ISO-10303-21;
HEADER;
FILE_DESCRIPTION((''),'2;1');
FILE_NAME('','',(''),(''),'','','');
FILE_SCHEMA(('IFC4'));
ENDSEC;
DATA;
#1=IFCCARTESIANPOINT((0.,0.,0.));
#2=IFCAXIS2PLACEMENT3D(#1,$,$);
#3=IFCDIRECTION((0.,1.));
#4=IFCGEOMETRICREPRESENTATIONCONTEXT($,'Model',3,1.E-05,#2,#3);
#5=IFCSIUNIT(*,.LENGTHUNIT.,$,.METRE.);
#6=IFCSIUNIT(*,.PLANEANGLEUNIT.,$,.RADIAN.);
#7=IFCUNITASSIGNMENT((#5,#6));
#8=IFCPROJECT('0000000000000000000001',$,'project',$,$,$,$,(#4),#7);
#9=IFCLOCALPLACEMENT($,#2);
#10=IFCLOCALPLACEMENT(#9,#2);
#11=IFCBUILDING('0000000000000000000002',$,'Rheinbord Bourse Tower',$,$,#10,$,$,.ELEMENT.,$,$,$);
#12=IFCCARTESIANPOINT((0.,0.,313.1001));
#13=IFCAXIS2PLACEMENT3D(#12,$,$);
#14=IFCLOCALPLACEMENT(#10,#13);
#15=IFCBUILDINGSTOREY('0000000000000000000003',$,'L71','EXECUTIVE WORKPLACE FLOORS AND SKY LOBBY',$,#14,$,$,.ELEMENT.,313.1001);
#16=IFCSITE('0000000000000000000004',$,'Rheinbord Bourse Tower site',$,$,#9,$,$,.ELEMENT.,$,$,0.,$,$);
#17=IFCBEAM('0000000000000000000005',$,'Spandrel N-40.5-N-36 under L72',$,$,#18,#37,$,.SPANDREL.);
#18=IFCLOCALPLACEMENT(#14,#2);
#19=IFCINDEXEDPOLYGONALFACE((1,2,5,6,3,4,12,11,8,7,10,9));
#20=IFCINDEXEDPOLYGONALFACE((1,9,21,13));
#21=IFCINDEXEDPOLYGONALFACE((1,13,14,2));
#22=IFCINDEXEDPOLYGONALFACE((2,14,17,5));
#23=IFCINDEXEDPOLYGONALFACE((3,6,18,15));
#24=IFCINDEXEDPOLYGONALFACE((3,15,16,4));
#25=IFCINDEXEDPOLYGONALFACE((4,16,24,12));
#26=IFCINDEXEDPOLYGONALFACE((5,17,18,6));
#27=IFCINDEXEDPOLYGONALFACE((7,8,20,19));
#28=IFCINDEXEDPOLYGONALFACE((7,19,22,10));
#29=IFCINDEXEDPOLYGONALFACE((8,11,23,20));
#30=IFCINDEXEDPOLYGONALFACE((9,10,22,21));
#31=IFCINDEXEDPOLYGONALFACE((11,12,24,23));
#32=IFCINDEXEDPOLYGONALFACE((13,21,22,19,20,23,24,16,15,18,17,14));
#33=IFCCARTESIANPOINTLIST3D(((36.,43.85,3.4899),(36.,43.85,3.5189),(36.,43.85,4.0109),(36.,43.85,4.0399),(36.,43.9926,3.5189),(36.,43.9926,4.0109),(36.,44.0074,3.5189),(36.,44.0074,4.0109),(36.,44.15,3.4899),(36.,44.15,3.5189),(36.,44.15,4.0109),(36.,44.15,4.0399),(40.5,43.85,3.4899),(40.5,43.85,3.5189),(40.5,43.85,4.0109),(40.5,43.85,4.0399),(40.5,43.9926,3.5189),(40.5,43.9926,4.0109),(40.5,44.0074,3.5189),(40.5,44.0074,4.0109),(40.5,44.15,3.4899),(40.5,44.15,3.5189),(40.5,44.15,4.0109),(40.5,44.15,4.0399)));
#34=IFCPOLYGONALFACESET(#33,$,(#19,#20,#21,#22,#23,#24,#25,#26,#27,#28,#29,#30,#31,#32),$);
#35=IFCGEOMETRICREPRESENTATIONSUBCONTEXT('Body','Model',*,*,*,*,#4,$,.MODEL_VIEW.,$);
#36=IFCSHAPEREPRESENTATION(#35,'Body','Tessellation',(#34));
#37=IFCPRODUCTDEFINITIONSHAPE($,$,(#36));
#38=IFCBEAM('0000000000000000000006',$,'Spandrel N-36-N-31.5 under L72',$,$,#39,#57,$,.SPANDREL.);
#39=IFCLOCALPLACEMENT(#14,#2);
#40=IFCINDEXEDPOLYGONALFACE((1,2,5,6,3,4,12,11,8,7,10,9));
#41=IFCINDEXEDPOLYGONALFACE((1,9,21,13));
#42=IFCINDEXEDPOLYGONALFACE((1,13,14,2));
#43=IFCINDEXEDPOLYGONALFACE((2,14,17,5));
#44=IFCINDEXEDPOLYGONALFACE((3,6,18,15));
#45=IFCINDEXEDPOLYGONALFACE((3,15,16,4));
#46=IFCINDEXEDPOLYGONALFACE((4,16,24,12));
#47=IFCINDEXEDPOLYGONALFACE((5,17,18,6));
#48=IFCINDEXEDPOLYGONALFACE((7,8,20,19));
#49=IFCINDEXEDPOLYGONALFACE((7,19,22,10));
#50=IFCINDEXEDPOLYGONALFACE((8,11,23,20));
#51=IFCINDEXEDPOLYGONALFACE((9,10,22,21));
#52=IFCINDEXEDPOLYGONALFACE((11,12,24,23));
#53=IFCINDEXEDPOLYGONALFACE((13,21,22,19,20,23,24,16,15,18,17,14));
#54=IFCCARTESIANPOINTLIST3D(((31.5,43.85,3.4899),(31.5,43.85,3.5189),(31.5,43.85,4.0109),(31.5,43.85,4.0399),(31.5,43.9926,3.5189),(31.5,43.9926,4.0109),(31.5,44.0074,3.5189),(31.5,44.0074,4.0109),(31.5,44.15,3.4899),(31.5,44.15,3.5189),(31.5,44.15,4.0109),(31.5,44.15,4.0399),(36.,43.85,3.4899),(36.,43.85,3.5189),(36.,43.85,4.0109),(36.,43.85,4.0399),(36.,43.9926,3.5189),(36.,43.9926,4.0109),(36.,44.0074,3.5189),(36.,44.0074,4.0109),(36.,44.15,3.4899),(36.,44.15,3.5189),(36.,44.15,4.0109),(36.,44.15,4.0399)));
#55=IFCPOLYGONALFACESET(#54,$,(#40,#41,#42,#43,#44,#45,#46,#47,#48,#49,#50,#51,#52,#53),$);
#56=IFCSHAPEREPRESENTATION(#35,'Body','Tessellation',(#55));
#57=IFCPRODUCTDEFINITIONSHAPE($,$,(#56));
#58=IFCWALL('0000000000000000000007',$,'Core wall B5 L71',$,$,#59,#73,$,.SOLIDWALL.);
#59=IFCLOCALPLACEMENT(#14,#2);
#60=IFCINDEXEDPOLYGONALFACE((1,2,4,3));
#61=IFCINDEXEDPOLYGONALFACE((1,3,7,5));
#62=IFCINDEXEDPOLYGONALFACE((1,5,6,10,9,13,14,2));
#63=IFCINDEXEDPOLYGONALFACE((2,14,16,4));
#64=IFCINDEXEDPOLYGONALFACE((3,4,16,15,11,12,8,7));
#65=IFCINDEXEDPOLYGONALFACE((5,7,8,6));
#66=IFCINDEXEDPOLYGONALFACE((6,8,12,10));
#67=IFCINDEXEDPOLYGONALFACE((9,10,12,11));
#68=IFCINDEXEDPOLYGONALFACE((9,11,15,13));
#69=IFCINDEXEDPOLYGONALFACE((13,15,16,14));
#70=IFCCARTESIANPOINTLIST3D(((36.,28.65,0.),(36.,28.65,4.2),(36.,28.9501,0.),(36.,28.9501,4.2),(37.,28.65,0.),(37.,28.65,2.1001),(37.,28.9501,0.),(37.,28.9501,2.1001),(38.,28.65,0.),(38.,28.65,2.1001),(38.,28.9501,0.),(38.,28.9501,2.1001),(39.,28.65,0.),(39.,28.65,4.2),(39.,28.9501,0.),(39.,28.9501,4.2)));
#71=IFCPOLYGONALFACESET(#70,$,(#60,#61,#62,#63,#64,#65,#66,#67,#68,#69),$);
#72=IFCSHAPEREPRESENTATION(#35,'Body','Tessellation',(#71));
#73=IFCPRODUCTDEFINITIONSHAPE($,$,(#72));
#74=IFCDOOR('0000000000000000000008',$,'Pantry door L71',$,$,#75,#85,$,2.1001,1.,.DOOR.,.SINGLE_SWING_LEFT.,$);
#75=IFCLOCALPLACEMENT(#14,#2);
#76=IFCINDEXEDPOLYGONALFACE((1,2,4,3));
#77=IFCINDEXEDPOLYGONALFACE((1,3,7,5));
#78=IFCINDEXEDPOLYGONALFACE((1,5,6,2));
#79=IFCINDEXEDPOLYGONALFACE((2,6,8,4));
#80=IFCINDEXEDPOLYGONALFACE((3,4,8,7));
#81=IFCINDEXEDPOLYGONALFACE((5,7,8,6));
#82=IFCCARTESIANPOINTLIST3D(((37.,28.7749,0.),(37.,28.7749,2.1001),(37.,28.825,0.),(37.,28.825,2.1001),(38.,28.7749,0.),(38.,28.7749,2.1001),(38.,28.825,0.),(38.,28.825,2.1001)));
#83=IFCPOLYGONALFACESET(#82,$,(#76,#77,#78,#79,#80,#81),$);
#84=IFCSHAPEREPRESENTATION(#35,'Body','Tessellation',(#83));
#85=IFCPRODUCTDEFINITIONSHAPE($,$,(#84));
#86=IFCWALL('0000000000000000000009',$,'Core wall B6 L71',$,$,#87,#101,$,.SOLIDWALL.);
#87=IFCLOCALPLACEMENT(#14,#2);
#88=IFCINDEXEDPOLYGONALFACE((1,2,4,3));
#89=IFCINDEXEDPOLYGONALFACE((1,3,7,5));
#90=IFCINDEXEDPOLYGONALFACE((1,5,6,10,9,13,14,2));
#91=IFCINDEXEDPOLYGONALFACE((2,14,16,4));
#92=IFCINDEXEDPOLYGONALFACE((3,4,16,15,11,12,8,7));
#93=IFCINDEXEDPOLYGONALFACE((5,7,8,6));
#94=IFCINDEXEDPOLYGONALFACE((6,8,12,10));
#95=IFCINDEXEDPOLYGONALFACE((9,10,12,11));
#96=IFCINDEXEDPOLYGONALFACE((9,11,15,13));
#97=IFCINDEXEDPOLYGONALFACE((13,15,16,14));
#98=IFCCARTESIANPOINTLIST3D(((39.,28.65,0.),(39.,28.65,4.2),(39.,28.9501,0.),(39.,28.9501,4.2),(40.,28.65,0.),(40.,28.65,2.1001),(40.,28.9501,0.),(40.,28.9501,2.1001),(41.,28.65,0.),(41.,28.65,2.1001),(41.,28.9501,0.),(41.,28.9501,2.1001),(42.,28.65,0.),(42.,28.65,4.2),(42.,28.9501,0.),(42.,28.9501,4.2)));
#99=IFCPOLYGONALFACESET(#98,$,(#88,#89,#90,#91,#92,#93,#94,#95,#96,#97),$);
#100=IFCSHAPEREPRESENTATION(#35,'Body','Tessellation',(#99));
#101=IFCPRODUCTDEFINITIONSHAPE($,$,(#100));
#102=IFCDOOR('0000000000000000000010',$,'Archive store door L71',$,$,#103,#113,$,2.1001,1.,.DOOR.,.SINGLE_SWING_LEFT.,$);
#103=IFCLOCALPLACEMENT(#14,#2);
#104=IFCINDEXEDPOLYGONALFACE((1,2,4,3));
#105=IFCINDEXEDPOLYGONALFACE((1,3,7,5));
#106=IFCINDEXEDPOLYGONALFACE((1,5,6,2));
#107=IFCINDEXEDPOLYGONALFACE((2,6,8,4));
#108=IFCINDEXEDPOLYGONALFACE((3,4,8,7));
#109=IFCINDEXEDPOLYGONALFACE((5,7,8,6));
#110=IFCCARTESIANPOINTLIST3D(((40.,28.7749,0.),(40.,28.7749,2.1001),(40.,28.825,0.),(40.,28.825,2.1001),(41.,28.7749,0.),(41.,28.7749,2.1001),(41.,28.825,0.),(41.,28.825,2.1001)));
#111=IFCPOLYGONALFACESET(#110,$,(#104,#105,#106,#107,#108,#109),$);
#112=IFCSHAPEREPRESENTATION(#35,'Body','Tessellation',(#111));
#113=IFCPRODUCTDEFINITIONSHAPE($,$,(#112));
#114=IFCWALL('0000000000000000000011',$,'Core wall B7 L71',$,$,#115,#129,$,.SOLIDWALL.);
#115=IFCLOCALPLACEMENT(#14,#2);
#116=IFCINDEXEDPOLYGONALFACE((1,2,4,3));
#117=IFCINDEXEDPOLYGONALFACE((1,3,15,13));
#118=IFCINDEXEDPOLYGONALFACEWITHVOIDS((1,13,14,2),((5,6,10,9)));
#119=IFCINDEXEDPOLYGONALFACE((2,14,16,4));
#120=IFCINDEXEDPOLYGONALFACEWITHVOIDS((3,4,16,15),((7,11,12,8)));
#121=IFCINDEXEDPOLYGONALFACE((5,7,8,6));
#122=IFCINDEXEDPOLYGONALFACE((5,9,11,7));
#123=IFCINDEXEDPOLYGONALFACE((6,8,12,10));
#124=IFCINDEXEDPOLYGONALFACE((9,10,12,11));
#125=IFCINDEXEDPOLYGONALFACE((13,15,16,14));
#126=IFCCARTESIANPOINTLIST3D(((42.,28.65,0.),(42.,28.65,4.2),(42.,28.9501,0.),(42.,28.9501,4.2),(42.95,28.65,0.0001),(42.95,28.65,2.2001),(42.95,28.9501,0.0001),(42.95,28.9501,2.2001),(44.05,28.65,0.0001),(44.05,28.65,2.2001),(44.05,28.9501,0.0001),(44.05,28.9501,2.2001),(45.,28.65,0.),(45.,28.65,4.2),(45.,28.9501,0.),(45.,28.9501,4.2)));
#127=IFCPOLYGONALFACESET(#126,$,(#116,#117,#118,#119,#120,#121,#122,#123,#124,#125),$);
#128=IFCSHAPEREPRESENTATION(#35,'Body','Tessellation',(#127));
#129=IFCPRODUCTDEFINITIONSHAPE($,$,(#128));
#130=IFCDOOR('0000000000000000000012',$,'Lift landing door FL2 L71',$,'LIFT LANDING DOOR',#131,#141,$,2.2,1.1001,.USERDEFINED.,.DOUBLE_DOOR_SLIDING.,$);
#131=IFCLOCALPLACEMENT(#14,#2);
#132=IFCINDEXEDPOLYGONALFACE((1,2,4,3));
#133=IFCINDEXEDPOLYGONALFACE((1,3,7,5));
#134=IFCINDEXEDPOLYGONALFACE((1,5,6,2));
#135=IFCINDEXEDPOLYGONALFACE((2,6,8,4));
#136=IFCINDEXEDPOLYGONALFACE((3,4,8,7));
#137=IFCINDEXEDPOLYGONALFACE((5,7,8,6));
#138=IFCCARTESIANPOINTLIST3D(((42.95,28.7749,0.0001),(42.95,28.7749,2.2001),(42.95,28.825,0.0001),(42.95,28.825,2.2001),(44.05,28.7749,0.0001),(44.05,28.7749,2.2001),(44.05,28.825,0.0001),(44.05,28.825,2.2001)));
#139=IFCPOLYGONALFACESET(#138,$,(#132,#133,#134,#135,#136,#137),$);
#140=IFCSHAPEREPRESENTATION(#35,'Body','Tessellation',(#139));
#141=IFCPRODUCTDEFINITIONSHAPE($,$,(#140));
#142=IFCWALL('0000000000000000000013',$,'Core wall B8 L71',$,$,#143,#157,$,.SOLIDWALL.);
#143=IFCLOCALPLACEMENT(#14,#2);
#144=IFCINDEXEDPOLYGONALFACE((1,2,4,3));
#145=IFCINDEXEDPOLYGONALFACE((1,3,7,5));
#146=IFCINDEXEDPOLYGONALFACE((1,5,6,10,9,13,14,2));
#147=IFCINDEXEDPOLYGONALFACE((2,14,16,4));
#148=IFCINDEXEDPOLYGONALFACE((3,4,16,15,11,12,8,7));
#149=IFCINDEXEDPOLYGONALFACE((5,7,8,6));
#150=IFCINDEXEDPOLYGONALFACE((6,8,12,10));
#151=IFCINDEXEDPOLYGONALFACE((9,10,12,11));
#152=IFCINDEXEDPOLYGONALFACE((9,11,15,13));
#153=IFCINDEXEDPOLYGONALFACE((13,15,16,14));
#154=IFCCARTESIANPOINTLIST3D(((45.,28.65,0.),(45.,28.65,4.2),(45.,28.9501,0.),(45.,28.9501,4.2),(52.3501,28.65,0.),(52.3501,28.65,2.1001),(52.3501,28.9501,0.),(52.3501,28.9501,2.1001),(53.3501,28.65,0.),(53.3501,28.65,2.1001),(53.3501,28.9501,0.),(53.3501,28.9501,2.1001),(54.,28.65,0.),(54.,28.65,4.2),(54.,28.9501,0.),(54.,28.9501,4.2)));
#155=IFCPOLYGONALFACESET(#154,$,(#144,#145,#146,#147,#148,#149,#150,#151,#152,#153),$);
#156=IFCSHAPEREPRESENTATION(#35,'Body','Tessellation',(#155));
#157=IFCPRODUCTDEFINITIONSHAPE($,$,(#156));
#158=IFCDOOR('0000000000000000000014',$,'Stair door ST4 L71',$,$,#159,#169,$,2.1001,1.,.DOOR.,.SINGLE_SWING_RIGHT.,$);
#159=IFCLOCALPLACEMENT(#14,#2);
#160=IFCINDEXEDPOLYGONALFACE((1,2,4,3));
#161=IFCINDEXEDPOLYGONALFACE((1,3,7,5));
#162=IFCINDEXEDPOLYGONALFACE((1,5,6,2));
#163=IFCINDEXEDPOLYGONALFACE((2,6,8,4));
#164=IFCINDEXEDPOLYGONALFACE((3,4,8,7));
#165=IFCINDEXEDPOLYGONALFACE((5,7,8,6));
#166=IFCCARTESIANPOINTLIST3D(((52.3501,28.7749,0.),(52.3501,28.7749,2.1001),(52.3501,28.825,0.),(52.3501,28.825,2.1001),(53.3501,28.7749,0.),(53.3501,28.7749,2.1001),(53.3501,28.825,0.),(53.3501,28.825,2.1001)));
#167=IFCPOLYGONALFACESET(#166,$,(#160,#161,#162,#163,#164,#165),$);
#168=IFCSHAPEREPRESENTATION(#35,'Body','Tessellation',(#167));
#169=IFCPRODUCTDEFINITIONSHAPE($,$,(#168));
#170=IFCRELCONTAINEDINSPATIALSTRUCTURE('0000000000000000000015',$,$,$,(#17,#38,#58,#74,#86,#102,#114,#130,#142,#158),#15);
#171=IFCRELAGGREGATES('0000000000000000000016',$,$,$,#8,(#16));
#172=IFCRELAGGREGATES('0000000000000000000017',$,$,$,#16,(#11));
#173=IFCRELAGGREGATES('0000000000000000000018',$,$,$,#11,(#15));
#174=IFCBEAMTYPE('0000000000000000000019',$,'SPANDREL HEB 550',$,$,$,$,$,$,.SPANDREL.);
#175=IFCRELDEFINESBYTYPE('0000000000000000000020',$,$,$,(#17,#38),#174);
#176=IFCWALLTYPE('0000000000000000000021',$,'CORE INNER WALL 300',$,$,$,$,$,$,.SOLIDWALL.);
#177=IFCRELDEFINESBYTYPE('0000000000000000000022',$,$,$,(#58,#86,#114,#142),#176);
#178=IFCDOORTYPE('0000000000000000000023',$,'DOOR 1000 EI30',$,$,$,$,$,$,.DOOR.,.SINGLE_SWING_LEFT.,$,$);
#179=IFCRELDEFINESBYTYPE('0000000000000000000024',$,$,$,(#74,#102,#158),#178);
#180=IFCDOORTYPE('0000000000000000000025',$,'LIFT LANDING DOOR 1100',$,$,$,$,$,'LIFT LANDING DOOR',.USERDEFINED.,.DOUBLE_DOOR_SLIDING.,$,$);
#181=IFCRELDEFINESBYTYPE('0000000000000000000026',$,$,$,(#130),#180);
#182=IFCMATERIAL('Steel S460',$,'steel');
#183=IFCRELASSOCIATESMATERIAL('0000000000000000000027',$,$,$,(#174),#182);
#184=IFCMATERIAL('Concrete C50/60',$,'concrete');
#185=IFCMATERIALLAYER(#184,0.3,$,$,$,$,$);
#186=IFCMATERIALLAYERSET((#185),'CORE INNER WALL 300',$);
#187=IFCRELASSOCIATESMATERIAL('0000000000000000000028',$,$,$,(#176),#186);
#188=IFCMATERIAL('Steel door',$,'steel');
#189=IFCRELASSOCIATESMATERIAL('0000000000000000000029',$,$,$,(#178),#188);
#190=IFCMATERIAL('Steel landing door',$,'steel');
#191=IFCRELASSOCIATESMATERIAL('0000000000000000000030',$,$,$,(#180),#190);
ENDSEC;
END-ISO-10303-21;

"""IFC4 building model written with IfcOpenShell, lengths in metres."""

from ifc_helpers import new_model, si_unit, direction, frame, frame_2d, origin, origin_2d, place, context, subcontext, project, spatial, rectangle, i_section, extrude, material, layer, layer_set, material_profile, profile_set, type_object, element, fill, save


model = new_model("IFC4")

# Units and contexts
model_context = context("Model", 3, precision=1e-05, world=origin(), true_north=direction((0.0, 1.0)))
body_context = subcontext(model_context, "Body", "Model", "MODEL_VIEW")
ifc_project = project(units=[si_unit("LENGTHUNIT", "METRE"), si_unit("PLANEANGLEUNIT", "RADIAN")], contexts=[model_context])

# Site, building, storey
site_placement = place(None, origin())
site = spatial("IfcSite", under=ifc_project, at=site_placement, Name="Rheinbord Bourse Tower site", CompositionType="ELEMENT", RefElevation=0.0)
building_placement = place(site_placement, origin())
building = spatial("IfcBuilding", under=site, at=building_placement, Name="Rheinbord Bourse Tower", CompositionType="ELEMENT")
storey_placement = place(building_placement, frame((0.0, 0.0, 313.1001)))
storey = spatial("IfcBuildingStorey", under=building, at=storey_placement, Name="L71", Description="EXECUTIVE WORKPLACE FLOORS AND SKY LOBBY", CompositionType="ELEMENT", Elevation=313.1001)

# Beams
ifc_material_1 = material(Name="Steel S460", Category="steel")
ifc_material_profile_1 = material_profile(ifc_material_1, i_section(OverallWidth=0.3, OverallDepth=0.55, WebThickness=0.0149, FlangeThickness=0.0291, at=origin_2d()), Name="HEB 550")
ifc_profile_set_1 = profile_set([ifc_material_profile_1], Name="Steel S460")
beam_type_1 = type_object("IfcBeamType", Name="SPANDREL HEB 550", PredefinedType="SPANDREL", material=ifc_profile_set_1)
for number, where, z_axis, x_axis, name in (
    (1, (40.5, 44.0, 3.7649), (-1.0, 0.0, 0.0), (0.0, -1.0, 0.0), "Spandrel N-40.5-N-36 under L72"),
    (2, (36.0, 44.0, 3.7649), (-1.0, 0.0, 0.0), (0.0, -1.0, 0.0), "Spandrel N-36-N-31.5 under L72"),
):
    element("IfcBeam", number, at=place(storey_placement, frame(where, z_axis=z_axis, x_axis=x_axis)), inside=storey, type_object=beam_type_1, Name=name, PredefinedType="SPANDREL", context=body_context, shape_type="SweptSolid", body=[
        extrude(i_section(OverallWidth=0.3, OverallDepth=0.55, WebThickness=0.0149, FlangeThickness=0.0291, at=origin_2d()), origin(), (0.0, 0.0, 1.0), 4.5),
    ])

# Walls, openings, doors
ifc_material_2 = material(Name="Concrete C50/60", Category="concrete")
ifc_layer_1 = layer(ifc_material_2, 0.3)
ifc_layer_set_1 = layer_set([ifc_layer_1], Name="CORE INNER WALL 300")
wall_type_1 = type_object("IfcWallType", Name="CORE INNER WALL 300", PredefinedType="SOLIDWALL", material=ifc_layer_set_1)
wall_1_placement = place(storey_placement, frame((36.0, 28.8, 0.0), z_axis=(0.0, 0.0, 1.0), x_axis=(1.0, 0.0, 0.0)))
wall_1 = element("IfcWall", 3, at=wall_1_placement, inside=storey, type_object=wall_type_1, Name="Core wall B5 L71", PredefinedType="SOLIDWALL", context=body_context, shape_type="SweptSolid", body=[
    extrude(rectangle(XDim=3.0, YDim=0.3, at=frame_2d((1.5, 0.0))), origin(), (0.0, 0.0, 1.0), 4.2),
])
opening_1_placement = place(wall_1_placement, frame((1.0, 0.0, 0.0)))
opening_1 = element("IfcOpeningElement", 4, at=opening_1_placement, cuts=wall_1, PredefinedType="OPENING", context=body_context, shape_type="SweptSolid", body=[
    extrude(rectangle(XDim=1.0, YDim=2.1001, at=frame_2d((0.5, 1.05))), frame((0.0, 0.1599, 0.0), z_axis=(0.0, -1.0, 0.0), x_axis=(1.0, 0.0, 0.0)), (0.0, 0.0, 1.0), 0.3201),
])
ifc_material_3 = material(Name="Steel door", Category="steel")
door_type_1 = type_object("IfcDoorType", Name="DOOR 1000 EI30", OperationType="SINGLE_SWING_LEFT", PredefinedType="DOOR", material=ifc_material_3)
door_1_placement = place(opening_1_placement, origin())
door_1 = element("IfcDoor", 5, at=door_1_placement, inside=storey, type_object=door_type_1, Name="Pantry door L71", OperationType="SINGLE_SWING_LEFT", OverallHeight=2.1001, OverallWidth=1.0, PredefinedType="DOOR", context=body_context, shape_type="SweptSolid", body=[
    extrude(rectangle(XDim=1.0, YDim=2.1001, at=frame_2d((0.5, 1.05))), frame((0.0, 0.0249, 0.0), z_axis=(0.0, -1.0, 0.0), x_axis=(1.0, 0.0, 0.0)), (0.0, 0.0, 1.0), 0.05),
])
fill(opening_1, door_1)
wall_2_placement = place(storey_placement, frame((39.0, 28.8, 0.0), z_axis=(0.0, 0.0, 1.0), x_axis=(1.0, 0.0, 0.0)))
wall_2 = element("IfcWall", 6, at=wall_2_placement, inside=storey, type_object=wall_type_1, Name="Core wall B6 L71", PredefinedType="SOLIDWALL", context=body_context, shape_type="SweptSolid", body=[
    extrude(rectangle(XDim=3.0, YDim=0.3, at=frame_2d((1.5, 0.0))), origin(), (0.0, 0.0, 1.0), 4.2),
])
opening_2_placement = place(wall_2_placement, frame((1.0, 0.0, 0.0)))
opening_2 = element("IfcOpeningElement", 7, at=opening_2_placement, cuts=wall_2, PredefinedType="OPENING", context=body_context, shape_type="SweptSolid", body=[
    extrude(rectangle(XDim=1.0, YDim=2.1001, at=frame_2d((0.5, 1.05))), frame((0.0, 0.1599, 0.0), z_axis=(0.0, -1.0, 0.0), x_axis=(1.0, 0.0, 0.0)), (0.0, 0.0, 1.0), 0.3201),
])
door_2_placement = place(opening_2_placement, origin())
door_2 = element("IfcDoor", 8, at=door_2_placement, inside=storey, type_object=door_type_1, Name="Archive store door L71", OperationType="SINGLE_SWING_LEFT", OverallHeight=2.1001, OverallWidth=1.0, PredefinedType="DOOR", context=body_context, shape_type="SweptSolid", body=[
    extrude(rectangle(XDim=1.0, YDim=2.1001, at=frame_2d((0.5, 1.05))), frame((0.0, 0.0249, 0.0), z_axis=(0.0, -1.0, 0.0), x_axis=(1.0, 0.0, 0.0)), (0.0, 0.0, 1.0), 0.05),
])
fill(opening_2, door_2)
wall_3_placement = place(storey_placement, frame((42.0, 28.8, 0.0), z_axis=(0.0, 0.0, 1.0), x_axis=(1.0, 0.0, 0.0)))
wall_3 = element("IfcWall", 9, at=wall_3_placement, inside=storey, type_object=wall_type_1, Name="Core wall B7 L71", PredefinedType="SOLIDWALL", context=body_context, shape_type="SweptSolid", body=[
    extrude(rectangle(XDim=3.0, YDim=0.3, at=frame_2d((1.5, 0.0))), origin(), (0.0, 0.0, 1.0), 4.2),
])
opening_3_placement = place(wall_3_placement, frame((0.95, 0.0, 0.0)))
opening_3 = element("IfcOpeningElement", 10, at=opening_3_placement, cuts=wall_3, PredefinedType="OPENING", context=body_context, shape_type="SweptSolid", body=[
    extrude(rectangle(XDim=1.1001, YDim=2.2, at=frame_2d((0.55, 1.1001))), frame((0.0, 0.1599, 0.0), z_axis=(0.0, -1.0, 0.0), x_axis=(1.0, 0.0, 0.0)), (0.0, 0.0, 1.0), 0.3201),
])
ifc_material_4 = material(Name="Steel landing door", Category="steel")
door_type_2 = type_object("IfcDoorType", Name="LIFT LANDING DOOR 1100", ElementType="LIFT LANDING DOOR", OperationType="DOUBLE_DOOR_SLIDING", PredefinedType="USERDEFINED", material=ifc_material_4)
door_3_placement = place(opening_3_placement, origin())
door_3 = element("IfcDoor", 11, at=door_3_placement, inside=storey, type_object=door_type_2, Name="Lift landing door FL2 L71", ObjectType="LIFT LANDING DOOR", OperationType="DOUBLE_DOOR_SLIDING", OverallHeight=2.2, OverallWidth=1.1001, PredefinedType="USERDEFINED", context=body_context, shape_type="SweptSolid", body=[
    extrude(rectangle(XDim=1.1001, YDim=2.2, at=frame_2d((0.55, 1.1001))), frame((0.0, 0.0249, 0.0), z_axis=(0.0, -1.0, 0.0), x_axis=(1.0, 0.0, 0.0)), (0.0, 0.0, 1.0), 0.05),
])
fill(opening_3, door_3)
wall_4_placement = place(storey_placement, frame((45.0, 28.8, 0.0), z_axis=(0.0, 0.0, 1.0), x_axis=(1.0, 0.0, 0.0)))
wall_4 = element("IfcWall", 12, at=wall_4_placement, inside=storey, type_object=wall_type_1, Name="Core wall B8 L71", PredefinedType="SOLIDWALL", context=body_context, shape_type="SweptSolid", body=[
    extrude(rectangle(XDim=9.0, YDim=0.3, at=frame_2d((4.5, 0.0))), origin(), (0.0, 0.0, 1.0), 4.2),
])
opening_4_placement = place(wall_4_placement, frame((7.3501, 0.0, 0.0)))
opening_4 = element("IfcOpeningElement", 13, at=opening_4_placement, cuts=wall_4, PredefinedType="OPENING", context=body_context, shape_type="SweptSolid", body=[
    extrude(rectangle(XDim=1.0, YDim=2.1001, at=frame_2d((0.5, 1.05))), frame((0.0, 0.1599, 0.0), z_axis=(0.0, -1.0, 0.0), x_axis=(1.0, 0.0, 0.0)), (0.0, 0.0, 1.0), 0.3201),
])
door_4_placement = place(opening_4_placement, origin())
door_4 = element("IfcDoor", 14, at=door_4_placement, inside=storey, type_object=door_type_1, Name="Stair door ST4 L71", OperationType="SINGLE_SWING_RIGHT", OverallHeight=2.1001, OverallWidth=1.0, PredefinedType="DOOR", context=body_context, shape_type="SweptSolid", body=[
    extrude(rectangle(XDim=1.0, YDim=2.1001, at=frame_2d((0.5, 1.05))), frame((0.0, 0.0249, 0.0), z_axis=(0.0, -1.0, 0.0), x_axis=(1.0, 0.0, 0.0)), (0.0, 0.0, 1.0), 0.05),
])
fill(opening_4, door_4)

save(model, "model.ifc")
